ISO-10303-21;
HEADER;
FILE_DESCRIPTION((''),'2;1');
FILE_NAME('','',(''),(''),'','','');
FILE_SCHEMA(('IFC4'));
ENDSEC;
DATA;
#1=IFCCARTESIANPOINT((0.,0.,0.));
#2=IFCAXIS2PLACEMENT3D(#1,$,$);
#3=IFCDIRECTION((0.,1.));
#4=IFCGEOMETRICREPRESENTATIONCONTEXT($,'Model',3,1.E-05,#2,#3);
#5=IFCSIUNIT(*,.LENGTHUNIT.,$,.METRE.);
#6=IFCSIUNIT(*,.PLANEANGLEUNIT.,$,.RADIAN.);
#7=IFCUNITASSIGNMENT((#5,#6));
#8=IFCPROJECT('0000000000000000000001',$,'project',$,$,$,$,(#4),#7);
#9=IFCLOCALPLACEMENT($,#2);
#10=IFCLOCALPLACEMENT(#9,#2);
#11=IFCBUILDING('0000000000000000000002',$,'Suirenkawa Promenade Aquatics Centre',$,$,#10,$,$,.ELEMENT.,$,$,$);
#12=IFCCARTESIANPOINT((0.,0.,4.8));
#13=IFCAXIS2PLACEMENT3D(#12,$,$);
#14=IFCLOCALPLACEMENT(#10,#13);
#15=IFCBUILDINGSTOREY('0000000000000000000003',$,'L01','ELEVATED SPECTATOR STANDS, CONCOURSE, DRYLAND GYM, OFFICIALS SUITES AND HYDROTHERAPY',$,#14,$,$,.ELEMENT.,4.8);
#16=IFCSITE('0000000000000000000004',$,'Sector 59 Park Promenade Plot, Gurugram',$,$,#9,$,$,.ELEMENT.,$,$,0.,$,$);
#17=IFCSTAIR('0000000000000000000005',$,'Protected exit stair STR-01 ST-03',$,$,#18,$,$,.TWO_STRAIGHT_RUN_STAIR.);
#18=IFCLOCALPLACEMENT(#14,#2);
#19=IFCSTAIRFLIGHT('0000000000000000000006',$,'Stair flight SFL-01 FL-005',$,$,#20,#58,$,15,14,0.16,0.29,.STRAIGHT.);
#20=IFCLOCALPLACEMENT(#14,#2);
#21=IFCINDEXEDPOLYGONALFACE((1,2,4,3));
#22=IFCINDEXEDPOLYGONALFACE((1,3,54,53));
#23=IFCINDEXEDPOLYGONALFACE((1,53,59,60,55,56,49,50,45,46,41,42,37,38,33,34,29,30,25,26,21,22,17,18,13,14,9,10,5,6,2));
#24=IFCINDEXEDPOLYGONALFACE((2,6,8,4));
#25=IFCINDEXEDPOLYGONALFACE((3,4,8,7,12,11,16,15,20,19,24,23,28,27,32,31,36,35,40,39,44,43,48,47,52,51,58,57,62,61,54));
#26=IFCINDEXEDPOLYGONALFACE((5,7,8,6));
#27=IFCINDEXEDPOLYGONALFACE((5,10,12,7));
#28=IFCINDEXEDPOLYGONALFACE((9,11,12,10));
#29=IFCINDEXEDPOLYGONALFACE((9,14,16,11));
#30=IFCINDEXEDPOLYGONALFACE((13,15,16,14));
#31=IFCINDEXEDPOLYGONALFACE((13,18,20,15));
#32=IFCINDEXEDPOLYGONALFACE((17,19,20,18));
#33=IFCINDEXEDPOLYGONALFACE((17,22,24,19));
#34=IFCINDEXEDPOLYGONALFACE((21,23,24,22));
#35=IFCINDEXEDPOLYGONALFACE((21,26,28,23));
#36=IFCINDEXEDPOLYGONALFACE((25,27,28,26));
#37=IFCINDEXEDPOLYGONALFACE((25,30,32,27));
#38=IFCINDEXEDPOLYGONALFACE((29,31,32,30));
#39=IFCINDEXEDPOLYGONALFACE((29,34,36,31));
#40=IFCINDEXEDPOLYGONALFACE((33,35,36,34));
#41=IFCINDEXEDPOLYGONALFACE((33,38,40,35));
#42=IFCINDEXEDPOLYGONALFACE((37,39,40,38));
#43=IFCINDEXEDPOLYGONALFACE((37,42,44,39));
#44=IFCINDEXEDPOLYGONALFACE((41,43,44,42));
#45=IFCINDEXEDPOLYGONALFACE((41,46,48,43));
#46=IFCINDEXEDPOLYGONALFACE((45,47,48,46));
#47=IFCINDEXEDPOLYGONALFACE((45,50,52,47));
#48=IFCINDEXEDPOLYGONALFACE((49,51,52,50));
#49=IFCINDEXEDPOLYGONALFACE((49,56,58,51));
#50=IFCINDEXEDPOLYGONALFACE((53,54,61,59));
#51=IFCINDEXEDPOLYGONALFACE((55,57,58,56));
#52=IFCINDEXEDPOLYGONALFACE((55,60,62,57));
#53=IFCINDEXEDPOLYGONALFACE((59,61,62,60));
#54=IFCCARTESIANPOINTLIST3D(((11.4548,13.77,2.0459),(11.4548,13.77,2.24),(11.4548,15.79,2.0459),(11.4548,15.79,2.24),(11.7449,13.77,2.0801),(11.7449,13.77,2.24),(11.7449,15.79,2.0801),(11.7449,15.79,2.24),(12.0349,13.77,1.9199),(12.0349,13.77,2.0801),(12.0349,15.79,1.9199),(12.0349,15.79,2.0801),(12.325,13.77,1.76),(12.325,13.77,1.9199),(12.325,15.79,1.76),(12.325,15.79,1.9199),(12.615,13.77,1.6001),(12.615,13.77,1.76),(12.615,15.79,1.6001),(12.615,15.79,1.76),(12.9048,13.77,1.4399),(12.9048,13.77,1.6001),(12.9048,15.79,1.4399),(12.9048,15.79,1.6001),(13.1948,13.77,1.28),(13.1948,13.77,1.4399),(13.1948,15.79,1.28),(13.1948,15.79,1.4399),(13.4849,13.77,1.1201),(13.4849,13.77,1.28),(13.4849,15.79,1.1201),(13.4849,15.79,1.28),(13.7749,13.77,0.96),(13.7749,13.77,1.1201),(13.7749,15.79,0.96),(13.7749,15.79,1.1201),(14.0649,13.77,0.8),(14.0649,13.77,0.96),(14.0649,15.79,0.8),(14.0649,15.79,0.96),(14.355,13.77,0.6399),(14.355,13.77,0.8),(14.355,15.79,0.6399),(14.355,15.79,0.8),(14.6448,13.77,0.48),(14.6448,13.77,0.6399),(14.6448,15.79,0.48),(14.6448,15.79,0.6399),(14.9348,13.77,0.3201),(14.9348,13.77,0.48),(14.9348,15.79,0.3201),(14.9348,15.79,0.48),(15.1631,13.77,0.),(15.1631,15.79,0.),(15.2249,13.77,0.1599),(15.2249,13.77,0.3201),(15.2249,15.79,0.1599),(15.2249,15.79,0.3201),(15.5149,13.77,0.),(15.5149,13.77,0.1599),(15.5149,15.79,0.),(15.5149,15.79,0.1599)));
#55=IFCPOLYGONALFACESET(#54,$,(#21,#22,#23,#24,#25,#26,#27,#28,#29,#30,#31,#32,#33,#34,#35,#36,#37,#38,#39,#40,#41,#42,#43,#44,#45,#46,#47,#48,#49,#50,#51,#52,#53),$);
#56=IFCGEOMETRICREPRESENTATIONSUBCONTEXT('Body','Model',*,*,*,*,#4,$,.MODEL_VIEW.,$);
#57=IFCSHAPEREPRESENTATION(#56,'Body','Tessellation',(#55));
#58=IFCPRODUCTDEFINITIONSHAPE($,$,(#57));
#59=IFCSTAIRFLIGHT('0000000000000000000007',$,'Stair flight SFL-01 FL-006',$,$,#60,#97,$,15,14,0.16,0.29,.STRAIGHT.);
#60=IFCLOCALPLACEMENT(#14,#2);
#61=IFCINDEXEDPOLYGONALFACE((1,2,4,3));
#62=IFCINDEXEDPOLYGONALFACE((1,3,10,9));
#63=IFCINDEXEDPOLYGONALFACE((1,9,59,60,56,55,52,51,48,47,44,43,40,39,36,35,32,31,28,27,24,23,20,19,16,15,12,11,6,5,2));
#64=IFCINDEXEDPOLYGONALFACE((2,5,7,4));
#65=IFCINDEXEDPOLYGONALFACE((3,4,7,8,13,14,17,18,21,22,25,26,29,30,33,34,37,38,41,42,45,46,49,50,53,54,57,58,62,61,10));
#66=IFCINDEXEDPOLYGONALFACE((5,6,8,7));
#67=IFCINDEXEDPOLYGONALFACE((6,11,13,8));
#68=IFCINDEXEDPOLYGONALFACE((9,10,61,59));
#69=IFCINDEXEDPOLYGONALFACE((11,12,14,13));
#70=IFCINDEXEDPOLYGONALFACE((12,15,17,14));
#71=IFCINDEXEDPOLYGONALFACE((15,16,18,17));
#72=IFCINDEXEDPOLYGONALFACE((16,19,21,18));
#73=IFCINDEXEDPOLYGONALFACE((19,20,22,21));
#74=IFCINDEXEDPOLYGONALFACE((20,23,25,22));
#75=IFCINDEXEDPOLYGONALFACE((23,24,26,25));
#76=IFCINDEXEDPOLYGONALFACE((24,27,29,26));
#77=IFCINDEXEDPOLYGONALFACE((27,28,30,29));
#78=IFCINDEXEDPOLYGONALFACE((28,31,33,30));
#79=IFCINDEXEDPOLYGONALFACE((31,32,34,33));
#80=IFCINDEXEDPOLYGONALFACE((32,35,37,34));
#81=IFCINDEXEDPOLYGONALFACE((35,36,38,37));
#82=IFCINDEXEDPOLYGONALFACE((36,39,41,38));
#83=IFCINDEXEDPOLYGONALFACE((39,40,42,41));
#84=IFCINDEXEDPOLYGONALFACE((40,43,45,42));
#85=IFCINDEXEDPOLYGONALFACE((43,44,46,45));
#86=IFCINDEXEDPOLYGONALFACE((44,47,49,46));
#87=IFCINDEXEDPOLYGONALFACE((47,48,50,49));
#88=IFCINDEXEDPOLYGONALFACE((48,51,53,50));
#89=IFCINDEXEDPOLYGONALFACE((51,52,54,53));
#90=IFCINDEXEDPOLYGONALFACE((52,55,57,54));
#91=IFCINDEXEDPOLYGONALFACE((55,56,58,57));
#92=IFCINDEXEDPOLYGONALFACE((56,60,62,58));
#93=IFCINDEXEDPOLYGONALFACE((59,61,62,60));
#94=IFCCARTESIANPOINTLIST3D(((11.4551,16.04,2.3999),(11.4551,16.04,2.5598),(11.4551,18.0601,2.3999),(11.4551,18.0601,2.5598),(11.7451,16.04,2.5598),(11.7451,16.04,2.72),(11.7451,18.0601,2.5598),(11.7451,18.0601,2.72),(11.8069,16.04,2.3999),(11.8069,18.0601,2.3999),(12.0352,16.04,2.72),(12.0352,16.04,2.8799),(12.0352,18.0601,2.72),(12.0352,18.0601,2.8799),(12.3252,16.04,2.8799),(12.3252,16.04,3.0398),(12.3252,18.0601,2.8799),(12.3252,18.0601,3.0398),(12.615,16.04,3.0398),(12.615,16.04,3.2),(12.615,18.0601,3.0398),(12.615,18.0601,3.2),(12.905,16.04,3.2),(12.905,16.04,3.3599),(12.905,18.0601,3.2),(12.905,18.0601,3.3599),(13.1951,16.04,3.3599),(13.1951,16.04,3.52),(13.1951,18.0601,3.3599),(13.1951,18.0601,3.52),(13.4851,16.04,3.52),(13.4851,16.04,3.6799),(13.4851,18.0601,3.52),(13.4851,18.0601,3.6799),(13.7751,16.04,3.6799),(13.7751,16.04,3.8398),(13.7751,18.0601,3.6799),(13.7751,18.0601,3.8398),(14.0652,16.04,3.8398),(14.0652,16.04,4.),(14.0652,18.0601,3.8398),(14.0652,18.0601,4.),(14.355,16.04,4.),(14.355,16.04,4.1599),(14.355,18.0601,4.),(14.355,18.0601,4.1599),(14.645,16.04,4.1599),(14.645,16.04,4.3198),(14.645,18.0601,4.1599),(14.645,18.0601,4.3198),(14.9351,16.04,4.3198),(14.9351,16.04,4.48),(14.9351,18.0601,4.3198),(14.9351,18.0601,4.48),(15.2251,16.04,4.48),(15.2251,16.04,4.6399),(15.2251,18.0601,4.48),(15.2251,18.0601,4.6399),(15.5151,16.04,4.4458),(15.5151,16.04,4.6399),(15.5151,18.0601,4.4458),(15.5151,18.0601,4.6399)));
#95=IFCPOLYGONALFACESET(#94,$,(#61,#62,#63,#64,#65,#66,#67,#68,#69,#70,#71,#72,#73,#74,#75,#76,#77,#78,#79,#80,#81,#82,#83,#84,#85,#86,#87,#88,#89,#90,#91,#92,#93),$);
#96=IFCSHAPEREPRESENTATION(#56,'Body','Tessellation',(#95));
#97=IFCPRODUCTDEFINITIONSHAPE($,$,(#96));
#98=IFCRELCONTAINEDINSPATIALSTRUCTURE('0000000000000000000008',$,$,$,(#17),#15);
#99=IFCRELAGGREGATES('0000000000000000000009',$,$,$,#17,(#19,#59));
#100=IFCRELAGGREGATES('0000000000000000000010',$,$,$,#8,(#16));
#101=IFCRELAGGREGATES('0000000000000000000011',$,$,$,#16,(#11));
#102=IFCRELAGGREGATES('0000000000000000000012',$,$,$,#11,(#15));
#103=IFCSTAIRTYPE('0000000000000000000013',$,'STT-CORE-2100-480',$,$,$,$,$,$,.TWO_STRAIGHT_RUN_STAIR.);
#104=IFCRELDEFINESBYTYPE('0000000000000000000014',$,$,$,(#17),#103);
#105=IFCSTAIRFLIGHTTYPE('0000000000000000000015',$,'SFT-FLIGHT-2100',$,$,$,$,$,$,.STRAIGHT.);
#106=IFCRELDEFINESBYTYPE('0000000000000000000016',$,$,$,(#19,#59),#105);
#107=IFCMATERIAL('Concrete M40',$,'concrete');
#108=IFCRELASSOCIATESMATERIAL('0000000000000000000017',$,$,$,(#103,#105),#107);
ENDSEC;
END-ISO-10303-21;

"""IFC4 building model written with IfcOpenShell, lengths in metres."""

from ifc_helpers import new_model, si_unit, direction, frame, origin, place, context, subcontext, project, spatial, polyline, outline, extrude, material, type_object, element, aggregate, save


model = new_model("IFC4")

# Units and contexts
model_context = context("Model", 3, precision=1e-05, world=origin(), true_north=direction((0.0, 1.0)))
body_context = subcontext(model_context, "Body", "Model", "MODEL_VIEW")
ifc_project = project(units=[si_unit("LENGTHUNIT", "METRE"), si_unit("PLANEANGLEUNIT", "RADIAN")], contexts=[model_context])

# Site, building, storey
site_placement = place(None, origin())
site = spatial("IfcSite", under=ifc_project, at=site_placement, Name="Sector 59 Park Promenade Plot, Gurugram", CompositionType="ELEMENT", RefElevation=0.0)
building_placement = place(site_placement, origin())
building = spatial("IfcBuilding", under=site, at=building_placement, Name="Suirenkawa Promenade Aquatics Centre", CompositionType="ELEMENT")
storey_placement = place(building_placement, frame((0.0, 0.0, 4.8)))
storey = spatial("IfcBuildingStorey", under=building, at=storey_placement, Name="L01", Description="ELEVATED SPECTATOR STANDS, CONCOURSE, DRYLAND GYM, OFFICIALS SUITES AND HYDROTHERAPY", CompositionType="ELEMENT", Elevation=4.8)

# Shared definitions
ifc_material_1 = material(Name="Concrete M40", Category="concrete")

# Stair, stair flights
stair_type = type_object("IfcStairType", Name="STT-CORE-2100-480", PredefinedType="TWO_STRAIGHT_RUN_STAIR", material=ifc_material_1)
stair_placement = place(storey_placement, origin())
stair = element("IfcStair", 1, at=stair_placement, inside=storey, type_object=stair_type, Name="Protected exit stair STR-01 ST-03", PredefinedType="TWO_STRAIGHT_RUN_STAIR")
stair_flight_type = type_object("IfcStairFlightType", Name="SFT-FLIGHT-2100", PredefinedType="STRAIGHT", material=ifc_material_1)
stair_flight_1_placement = place(storey_placement, frame((15.5149, 14.78, 0.0), z_axis=(0.0, 0.0, 1.0), x_axis=(-1.0, 0.0, 0.0)))
stair_flight_1 = element("IfcStairFlight", 2, at=stair_flight_1_placement, type_object=stair_flight_type, Name="Stair flight SFL-01 FL-005", NumberOfRisers=15, NumberOfTreads=14, PredefinedType="STRAIGHT", RiserHeight=0.16, TreadLength=0.29, context=body_context, shape_type="SweptSolid", body=[
    extrude(outline(polyline([(0.0, 0.0), (0.0, 0.1599), (0.29, 0.1599), (0.29, 0.3201), (0.5801, 0.3201), (0.5801, 0.48), (0.8701, 0.48), (0.8701, 0.6399), (1.1599, 0.6399), (1.1599, 0.8), (1.45, 0.8), (1.45, 0.96), (1.74, 0.96), (1.74, 1.1201), (2.03, 1.1201), (2.03, 1.28), (2.3201, 1.28), (2.3201, 1.4399), (2.6101, 1.4399), (2.6101, 1.6001), (2.8999, 1.6001), (2.8999, 1.76), (3.1899, 1.76), (3.1899, 1.9199), (3.48, 1.9199), (3.48, 2.0801), (3.77, 2.0801), (3.77, 2.24), (4.0601, 2.24), (4.0601, 2.3999), (4.0601, 2.0459), (0.3518, 0.0), (0.0, 0.0)])), frame((0.0, 1.01, 0.0), z_axis=(0.0, -1.0, 0.0), x_axis=(1.0, 0.0, 0.0)), (0.0, 0.0, 1.0), 2.02),
])
stair_flight_2_placement = place(storey_placement, frame((11.4551, 17.05, 2.3999), z_axis=(0.0, 0.0, 1.0), x_axis=(1.0, 0.0, 0.0)))
stair_flight_2 = element("IfcStairFlight", 3, at=stair_flight_2_placement, type_object=stair_flight_type, Name="Stair flight SFL-01 FL-006", NumberOfRisers=15, NumberOfTreads=14, PredefinedType="STRAIGHT", RiserHeight=0.16, TreadLength=0.29, context=body_context, shape_type="SweptSolid", body=[
    extrude(outline(polyline([(0.0, 0.0), (0.0, 0.1599), (0.29, 0.1599), (0.29, 0.3201), (0.5801, 0.3201), (0.5801, 0.48), (0.8701, 0.48), (0.8701, 0.6399), (1.1599, 0.6399), (1.1599, 0.8), (1.45, 0.8), (1.45, 0.96), (1.74, 0.96), (1.74, 1.1201), (2.03, 1.1201), (2.03, 1.28), (2.3201, 1.28), (2.3201, 1.4399), (2.6101, 1.4399), (2.6101, 1.6001), (2.8999, 1.6001), (2.8999, 1.76), (3.1899, 1.76), (3.1899, 1.9199), (3.48, 1.9199), (3.48, 2.0801), (3.77, 2.0801), (3.77, 2.24), (4.0601, 2.24), (4.0601, 2.3999), (4.0601, 2.0459), (0.3518, 0.0), (0.0, 0.0)])), frame((0.0, 1.01, 0.0), z_axis=(0.0, -1.0, 0.0), x_axis=(1.0, 0.0, 0.0)), (0.0, 0.0, 1.0), 2.02),
])
aggregate(stair, [stair_flight_1, stair_flight_2])

save(model, "model.ifc")
